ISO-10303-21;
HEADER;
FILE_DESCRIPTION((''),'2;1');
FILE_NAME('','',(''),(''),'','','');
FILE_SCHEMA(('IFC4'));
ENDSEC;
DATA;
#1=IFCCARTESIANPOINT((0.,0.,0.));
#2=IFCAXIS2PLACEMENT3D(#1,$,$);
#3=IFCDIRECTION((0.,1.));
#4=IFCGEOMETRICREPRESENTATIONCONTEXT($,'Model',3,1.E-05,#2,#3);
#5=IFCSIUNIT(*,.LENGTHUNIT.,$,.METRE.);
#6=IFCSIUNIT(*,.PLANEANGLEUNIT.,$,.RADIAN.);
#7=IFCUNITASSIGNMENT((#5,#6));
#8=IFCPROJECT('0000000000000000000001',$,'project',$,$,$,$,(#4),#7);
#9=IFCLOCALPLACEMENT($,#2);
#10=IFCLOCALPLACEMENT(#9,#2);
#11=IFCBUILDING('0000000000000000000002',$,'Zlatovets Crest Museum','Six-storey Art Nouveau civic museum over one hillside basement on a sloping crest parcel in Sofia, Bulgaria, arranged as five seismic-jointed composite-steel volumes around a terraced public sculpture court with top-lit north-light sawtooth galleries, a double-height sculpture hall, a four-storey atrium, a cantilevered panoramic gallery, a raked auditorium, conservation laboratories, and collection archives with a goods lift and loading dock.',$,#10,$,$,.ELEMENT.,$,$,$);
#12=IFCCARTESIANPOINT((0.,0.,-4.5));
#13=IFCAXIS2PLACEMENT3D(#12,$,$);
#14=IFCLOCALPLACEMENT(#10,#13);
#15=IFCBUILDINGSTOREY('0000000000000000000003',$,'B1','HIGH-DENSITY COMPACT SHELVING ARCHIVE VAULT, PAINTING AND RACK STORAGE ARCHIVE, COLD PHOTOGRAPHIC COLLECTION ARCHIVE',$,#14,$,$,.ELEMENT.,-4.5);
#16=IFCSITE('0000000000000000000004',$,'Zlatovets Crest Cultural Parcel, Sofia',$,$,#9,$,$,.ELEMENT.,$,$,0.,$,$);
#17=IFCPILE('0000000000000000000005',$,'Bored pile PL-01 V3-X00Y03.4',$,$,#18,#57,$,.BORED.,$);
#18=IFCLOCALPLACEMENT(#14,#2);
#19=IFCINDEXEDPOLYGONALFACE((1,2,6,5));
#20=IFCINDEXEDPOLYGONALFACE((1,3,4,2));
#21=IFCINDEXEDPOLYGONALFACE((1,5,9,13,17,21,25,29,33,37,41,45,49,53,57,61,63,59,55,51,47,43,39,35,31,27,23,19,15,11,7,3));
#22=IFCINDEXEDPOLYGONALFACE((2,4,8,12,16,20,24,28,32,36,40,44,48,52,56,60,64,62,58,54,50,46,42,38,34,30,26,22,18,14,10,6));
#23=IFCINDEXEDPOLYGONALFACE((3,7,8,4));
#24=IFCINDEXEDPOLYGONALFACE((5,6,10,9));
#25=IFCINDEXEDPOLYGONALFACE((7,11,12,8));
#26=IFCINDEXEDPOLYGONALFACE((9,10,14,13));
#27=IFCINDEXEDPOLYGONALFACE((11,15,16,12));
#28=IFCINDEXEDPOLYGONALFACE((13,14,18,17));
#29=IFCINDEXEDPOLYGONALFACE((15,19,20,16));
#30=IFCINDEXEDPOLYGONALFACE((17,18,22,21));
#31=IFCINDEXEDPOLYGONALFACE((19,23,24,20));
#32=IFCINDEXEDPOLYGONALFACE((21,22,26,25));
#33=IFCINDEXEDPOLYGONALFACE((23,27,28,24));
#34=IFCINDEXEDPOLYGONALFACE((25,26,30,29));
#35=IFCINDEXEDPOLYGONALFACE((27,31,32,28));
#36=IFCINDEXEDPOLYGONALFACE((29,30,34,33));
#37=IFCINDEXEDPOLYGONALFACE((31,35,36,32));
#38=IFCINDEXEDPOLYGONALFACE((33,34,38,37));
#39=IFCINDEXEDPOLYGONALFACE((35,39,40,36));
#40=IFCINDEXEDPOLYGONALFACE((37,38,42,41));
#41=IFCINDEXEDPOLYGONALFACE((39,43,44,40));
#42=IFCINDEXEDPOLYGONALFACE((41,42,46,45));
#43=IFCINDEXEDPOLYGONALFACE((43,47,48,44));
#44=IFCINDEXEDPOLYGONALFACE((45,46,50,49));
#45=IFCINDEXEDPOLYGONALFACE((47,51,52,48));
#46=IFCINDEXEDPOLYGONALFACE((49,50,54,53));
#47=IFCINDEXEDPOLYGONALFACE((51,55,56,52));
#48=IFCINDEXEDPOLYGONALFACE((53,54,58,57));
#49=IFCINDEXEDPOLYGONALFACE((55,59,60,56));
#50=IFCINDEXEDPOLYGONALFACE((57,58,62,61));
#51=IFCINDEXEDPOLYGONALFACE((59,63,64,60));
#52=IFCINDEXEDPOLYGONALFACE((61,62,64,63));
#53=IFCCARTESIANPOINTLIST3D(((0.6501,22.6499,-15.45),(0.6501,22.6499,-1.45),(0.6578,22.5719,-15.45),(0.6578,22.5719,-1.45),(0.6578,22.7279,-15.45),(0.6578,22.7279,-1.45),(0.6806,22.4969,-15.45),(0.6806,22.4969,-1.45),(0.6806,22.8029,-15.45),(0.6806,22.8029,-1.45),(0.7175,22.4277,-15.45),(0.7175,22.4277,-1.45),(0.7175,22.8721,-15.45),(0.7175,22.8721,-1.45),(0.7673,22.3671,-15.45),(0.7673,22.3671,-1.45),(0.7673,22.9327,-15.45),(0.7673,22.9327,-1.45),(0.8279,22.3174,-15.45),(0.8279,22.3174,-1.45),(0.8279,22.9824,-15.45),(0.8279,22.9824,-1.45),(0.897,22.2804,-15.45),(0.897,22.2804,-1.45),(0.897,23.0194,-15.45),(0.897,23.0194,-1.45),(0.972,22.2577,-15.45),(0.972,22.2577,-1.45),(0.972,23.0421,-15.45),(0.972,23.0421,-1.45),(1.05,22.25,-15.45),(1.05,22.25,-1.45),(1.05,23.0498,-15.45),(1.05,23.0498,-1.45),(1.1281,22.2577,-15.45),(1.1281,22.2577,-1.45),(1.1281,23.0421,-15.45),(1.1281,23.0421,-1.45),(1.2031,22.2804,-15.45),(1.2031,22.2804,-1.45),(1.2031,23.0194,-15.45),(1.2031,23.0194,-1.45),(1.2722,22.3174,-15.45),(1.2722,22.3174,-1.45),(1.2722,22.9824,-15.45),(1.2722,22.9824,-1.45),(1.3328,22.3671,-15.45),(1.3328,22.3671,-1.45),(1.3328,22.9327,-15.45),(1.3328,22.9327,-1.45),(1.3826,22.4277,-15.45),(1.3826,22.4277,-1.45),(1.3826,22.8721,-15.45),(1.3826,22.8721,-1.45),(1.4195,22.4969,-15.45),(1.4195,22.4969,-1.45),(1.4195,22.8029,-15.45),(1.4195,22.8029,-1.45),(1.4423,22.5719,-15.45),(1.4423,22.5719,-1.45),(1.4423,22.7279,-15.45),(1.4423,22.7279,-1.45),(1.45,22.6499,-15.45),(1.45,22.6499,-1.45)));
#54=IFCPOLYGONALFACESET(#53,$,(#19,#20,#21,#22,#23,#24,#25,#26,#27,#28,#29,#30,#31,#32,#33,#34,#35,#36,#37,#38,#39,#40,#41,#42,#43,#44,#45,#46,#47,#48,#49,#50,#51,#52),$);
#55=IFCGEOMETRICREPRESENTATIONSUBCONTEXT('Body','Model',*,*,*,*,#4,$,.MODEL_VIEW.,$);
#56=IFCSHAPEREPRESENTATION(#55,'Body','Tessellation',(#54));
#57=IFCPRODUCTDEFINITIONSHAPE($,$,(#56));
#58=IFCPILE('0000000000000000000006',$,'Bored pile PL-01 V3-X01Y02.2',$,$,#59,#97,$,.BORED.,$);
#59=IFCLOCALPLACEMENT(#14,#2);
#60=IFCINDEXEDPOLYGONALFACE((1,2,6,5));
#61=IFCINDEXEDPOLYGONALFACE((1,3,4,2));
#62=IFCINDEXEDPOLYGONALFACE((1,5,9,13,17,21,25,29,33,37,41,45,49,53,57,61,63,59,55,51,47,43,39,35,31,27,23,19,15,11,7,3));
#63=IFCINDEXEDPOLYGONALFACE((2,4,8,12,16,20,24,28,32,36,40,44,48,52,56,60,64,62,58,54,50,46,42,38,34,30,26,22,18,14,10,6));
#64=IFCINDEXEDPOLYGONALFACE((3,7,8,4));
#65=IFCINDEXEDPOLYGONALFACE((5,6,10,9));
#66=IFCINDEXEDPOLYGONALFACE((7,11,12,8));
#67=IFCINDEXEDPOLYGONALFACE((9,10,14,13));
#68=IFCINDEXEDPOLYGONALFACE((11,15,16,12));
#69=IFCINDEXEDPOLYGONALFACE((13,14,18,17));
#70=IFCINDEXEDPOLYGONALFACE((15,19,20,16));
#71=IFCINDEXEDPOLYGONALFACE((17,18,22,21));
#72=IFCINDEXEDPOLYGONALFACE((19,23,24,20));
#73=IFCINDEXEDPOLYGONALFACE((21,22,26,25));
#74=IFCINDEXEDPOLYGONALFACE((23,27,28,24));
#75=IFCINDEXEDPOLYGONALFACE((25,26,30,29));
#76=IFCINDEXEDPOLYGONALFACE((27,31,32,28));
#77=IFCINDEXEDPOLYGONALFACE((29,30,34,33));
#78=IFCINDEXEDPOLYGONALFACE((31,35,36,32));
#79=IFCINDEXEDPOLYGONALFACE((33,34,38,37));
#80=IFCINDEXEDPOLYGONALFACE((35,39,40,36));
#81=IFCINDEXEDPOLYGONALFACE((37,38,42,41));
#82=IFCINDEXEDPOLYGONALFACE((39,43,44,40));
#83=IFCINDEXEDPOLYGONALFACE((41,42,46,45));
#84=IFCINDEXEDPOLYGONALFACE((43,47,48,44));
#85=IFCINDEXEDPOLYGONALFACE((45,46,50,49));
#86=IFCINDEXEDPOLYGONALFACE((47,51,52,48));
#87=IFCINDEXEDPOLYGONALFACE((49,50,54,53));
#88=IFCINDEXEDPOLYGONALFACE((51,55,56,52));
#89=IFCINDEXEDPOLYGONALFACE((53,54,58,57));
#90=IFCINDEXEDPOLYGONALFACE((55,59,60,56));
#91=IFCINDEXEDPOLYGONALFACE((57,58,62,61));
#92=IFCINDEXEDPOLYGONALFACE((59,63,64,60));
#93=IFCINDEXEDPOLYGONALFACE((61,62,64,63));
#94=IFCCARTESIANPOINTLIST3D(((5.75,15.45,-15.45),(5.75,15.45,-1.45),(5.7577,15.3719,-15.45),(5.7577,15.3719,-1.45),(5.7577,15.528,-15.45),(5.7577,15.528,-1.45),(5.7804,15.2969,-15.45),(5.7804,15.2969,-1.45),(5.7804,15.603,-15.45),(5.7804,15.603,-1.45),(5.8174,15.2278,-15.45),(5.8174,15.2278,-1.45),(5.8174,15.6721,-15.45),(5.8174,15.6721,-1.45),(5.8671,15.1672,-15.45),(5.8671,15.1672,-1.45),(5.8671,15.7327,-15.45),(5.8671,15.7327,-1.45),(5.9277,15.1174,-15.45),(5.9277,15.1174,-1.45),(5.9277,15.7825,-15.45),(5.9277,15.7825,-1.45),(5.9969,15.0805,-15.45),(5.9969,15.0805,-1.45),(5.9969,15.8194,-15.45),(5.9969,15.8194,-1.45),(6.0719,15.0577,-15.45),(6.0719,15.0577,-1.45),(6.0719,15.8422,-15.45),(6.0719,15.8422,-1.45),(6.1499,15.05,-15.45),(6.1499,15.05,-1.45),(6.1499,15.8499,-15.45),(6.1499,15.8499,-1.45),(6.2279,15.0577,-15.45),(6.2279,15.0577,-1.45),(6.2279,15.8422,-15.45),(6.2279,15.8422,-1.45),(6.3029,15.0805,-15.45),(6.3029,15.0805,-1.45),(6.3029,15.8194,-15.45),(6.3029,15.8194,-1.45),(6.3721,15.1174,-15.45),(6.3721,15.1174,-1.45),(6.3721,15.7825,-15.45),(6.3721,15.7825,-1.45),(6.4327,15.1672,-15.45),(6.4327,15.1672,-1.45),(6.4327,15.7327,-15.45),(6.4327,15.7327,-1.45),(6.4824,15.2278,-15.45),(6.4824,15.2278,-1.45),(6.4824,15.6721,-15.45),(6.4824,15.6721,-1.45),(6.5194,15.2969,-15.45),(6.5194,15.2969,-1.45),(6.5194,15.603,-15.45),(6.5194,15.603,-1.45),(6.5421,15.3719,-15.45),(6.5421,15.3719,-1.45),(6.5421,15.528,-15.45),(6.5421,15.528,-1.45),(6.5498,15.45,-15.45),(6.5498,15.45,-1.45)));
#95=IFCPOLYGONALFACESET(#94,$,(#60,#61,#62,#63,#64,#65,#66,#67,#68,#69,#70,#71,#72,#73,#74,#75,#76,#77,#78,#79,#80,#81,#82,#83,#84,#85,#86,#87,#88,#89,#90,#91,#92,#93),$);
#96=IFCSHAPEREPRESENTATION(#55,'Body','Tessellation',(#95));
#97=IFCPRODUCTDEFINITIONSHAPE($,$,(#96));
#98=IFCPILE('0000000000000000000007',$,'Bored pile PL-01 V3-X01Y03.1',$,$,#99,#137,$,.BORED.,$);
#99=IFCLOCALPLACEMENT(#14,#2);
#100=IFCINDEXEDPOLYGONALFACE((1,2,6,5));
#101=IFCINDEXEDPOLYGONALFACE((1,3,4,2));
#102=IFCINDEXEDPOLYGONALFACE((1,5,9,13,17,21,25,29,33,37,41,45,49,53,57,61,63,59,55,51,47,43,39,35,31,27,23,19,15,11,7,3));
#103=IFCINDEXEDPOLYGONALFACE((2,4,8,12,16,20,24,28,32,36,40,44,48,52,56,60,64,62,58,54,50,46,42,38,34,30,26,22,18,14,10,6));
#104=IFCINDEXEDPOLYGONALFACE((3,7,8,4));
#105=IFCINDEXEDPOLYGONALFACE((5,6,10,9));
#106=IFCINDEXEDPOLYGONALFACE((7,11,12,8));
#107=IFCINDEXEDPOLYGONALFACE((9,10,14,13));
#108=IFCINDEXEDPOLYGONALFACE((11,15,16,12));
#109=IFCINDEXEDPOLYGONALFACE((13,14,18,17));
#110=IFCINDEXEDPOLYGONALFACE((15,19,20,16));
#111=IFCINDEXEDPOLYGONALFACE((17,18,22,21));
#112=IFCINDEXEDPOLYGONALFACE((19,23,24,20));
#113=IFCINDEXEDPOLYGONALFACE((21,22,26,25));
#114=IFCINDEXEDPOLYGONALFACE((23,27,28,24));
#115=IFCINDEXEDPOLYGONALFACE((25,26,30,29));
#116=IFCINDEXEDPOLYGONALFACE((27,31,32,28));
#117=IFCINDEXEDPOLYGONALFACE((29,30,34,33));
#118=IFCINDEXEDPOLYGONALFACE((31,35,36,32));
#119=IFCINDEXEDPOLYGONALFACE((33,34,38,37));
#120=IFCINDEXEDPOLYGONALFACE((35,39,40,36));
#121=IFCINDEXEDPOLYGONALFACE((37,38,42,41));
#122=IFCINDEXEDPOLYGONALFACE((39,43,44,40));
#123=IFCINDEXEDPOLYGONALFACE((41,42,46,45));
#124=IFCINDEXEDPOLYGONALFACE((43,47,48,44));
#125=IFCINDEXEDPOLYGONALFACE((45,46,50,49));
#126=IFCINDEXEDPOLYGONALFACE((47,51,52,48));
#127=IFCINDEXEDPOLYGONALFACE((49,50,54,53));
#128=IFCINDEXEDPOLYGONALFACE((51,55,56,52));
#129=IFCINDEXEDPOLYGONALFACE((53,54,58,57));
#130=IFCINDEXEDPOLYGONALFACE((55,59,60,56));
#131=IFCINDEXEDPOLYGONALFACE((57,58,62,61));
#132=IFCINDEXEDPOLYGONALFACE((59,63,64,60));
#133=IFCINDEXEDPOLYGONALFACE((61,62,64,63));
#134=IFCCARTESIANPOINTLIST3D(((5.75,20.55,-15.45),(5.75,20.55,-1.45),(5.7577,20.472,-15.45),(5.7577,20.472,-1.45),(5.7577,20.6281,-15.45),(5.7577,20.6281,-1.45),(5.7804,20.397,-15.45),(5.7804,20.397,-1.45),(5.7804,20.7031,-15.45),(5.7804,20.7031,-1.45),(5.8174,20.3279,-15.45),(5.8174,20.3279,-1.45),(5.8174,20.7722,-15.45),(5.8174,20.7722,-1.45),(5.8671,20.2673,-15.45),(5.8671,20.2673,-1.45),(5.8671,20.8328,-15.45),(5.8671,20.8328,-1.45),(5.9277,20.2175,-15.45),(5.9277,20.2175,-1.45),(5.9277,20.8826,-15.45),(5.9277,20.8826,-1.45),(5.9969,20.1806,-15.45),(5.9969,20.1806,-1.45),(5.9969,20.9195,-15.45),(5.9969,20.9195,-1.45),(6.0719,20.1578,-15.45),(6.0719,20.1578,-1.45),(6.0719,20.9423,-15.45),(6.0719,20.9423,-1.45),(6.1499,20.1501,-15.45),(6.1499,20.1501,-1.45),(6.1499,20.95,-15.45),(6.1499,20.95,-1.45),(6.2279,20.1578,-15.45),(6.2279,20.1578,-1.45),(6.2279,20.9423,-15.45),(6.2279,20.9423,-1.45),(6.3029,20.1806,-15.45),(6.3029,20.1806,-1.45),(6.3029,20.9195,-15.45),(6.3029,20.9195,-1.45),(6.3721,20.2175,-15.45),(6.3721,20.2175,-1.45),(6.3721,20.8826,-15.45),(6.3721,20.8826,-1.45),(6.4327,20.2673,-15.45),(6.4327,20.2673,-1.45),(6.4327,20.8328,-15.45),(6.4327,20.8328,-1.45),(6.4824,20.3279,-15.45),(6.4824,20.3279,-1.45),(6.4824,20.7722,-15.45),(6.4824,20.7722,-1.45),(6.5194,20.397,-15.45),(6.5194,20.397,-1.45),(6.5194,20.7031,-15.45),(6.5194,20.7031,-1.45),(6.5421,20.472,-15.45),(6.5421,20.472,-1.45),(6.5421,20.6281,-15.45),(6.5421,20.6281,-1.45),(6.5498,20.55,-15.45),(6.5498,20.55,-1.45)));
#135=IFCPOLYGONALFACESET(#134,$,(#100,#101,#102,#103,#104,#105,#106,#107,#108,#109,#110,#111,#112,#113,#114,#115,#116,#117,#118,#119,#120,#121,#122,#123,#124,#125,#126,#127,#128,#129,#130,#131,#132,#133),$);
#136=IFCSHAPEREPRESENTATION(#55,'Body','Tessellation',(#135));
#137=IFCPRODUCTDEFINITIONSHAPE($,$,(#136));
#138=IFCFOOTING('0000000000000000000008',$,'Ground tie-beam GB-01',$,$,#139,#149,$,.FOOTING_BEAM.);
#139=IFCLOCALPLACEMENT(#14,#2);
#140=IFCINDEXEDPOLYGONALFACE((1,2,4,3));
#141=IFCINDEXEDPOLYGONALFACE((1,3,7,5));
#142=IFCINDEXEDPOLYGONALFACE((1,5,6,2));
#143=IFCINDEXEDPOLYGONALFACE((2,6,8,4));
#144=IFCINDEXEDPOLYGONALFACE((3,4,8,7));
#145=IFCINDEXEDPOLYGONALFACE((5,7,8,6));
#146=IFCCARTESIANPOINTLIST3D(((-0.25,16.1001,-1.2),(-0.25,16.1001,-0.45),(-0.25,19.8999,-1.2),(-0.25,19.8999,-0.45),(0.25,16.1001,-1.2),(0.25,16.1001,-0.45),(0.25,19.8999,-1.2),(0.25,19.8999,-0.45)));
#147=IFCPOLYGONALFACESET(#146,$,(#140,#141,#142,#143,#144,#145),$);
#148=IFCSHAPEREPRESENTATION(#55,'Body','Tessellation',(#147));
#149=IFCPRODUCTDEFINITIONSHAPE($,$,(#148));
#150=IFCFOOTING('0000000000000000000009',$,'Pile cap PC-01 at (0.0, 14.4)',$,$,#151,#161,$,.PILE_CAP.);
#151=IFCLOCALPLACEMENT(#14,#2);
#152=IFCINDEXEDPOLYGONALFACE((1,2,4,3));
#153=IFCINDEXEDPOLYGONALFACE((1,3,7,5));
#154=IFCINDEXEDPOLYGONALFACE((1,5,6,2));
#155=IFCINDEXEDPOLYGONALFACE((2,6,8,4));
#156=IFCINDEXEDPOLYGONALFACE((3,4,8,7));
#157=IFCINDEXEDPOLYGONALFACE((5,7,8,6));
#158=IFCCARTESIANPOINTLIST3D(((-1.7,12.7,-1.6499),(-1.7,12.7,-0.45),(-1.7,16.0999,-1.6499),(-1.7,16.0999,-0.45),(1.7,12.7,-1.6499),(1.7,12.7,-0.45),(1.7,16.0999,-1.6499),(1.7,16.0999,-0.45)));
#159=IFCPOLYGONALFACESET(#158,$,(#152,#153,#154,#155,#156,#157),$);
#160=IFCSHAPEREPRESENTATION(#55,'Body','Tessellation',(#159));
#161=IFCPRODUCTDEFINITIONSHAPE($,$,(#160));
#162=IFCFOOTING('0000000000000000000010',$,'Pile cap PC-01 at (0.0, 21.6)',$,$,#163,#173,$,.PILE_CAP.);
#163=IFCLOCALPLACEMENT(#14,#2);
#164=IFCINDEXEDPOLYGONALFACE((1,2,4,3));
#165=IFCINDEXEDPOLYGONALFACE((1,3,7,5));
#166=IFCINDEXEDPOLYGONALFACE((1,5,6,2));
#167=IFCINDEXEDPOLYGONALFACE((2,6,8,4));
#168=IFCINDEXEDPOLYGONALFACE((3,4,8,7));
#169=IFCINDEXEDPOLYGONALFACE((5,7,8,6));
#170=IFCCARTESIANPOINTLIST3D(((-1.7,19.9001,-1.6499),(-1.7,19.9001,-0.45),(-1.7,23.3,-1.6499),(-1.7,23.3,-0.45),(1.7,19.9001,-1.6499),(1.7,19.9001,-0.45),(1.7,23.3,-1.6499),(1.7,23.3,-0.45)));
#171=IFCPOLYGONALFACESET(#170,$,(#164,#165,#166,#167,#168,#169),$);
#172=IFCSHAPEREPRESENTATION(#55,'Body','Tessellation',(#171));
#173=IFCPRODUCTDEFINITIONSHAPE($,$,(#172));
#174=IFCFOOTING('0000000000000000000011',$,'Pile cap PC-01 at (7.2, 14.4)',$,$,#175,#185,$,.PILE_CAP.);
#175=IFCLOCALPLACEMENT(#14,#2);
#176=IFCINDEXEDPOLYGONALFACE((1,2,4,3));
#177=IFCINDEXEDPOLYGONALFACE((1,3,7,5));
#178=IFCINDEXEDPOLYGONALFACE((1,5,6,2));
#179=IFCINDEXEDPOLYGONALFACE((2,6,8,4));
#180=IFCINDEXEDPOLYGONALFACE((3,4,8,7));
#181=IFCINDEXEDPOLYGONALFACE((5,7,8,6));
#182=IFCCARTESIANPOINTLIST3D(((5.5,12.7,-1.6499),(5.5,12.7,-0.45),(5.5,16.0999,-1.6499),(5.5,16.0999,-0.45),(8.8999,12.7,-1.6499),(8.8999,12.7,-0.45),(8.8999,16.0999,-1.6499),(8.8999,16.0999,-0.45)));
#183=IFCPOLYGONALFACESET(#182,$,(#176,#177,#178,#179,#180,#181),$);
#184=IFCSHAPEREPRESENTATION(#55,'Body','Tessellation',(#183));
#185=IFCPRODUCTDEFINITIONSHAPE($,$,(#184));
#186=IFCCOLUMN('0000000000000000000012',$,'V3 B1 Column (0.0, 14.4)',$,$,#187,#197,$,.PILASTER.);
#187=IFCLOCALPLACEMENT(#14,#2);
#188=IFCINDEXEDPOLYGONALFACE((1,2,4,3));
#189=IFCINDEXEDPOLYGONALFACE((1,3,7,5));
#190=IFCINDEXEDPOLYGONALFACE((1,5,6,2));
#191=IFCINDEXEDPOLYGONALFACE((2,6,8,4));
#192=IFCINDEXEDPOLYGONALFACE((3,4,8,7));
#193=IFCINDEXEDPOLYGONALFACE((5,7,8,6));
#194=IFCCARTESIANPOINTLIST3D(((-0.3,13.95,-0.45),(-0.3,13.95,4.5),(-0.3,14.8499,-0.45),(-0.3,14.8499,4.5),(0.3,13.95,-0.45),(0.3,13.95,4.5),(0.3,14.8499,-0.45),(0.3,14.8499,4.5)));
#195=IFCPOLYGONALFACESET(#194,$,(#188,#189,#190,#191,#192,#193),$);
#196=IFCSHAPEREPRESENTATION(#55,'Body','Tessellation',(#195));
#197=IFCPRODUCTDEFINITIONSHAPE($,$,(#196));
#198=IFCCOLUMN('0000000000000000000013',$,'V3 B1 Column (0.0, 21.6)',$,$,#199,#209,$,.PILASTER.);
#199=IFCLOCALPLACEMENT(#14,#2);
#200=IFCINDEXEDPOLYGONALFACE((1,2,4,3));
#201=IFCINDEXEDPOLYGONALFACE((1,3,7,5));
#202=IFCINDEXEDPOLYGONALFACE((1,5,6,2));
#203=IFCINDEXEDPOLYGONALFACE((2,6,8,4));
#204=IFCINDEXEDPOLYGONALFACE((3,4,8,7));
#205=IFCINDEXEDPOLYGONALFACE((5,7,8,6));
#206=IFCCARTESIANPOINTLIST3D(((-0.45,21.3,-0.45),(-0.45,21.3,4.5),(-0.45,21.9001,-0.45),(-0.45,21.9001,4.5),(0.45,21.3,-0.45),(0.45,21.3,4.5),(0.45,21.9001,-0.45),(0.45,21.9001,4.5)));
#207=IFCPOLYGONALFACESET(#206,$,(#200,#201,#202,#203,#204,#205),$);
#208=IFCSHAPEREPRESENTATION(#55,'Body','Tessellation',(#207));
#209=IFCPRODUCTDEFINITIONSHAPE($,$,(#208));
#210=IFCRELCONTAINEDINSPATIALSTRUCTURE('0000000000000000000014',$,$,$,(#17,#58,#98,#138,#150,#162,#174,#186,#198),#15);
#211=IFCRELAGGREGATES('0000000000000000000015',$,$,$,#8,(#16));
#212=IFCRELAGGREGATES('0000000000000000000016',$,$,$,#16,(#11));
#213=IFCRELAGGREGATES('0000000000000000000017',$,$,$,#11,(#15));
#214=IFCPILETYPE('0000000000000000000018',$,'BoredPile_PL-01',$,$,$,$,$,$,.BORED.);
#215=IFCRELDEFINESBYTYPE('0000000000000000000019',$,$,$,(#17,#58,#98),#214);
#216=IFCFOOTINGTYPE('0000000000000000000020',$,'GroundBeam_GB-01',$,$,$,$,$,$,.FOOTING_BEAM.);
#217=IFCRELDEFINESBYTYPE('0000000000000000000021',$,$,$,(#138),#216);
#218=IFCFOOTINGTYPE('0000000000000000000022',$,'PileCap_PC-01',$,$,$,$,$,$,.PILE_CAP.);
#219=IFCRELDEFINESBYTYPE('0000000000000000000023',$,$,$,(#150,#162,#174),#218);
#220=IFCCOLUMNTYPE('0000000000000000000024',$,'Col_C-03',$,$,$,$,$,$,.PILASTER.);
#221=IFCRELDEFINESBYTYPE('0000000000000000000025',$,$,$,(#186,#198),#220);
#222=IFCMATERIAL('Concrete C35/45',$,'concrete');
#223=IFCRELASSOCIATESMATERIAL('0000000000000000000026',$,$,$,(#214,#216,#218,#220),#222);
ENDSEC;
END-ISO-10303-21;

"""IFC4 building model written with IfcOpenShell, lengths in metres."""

from ifc_helpers import new_model, si_unit, direction, frame, origin, origin_2d, place, context, subcontext, project, spatial, rectangle, circle, extrude, material, material_profile, profile_set, type_object, element, save


model = new_model("IFC4")

# Units and contexts
model_context = context("Model", 3, precision=1e-05, world=origin(), true_north=direction((0.0, 1.0)))
body_context = subcontext(model_context, "Body", "Model", "MODEL_VIEW")
ifc_project = project(units=[si_unit("LENGTHUNIT", "METRE"), si_unit("PLANEANGLEUNIT", "RADIAN")], contexts=[model_context])

# Site, building, storey
site_placement = place(None, origin())
site = spatial("IfcSite", under=ifc_project, at=site_placement, Name="Zlatovets Crest Cultural Parcel, Sofia", CompositionType="ELEMENT", RefElevation=0.0)
building_placement = place(site_placement, origin())
building = spatial("IfcBuilding", under=site, at=building_placement, Name="Zlatovets Crest Museum", Description="Six-storey Art Nouveau civic museum over one hillside basement on a sloping crest parcel in Sofia, Bulgaria, arranged as five seismic-jointed composite-steel volumes around a terraced public sculpture court with top-lit north-light sawtooth galleries, a double-height sculpture hall, a four-storey atrium, a cantilevered panoramic gallery, a raked auditorium, conservation laboratories, and collection archives with a goods lift and loading dock.", CompositionType="ELEMENT")
storey_placement = place(building_placement, frame((0.0, 0.0, -4.5)))
storey = spatial("IfcBuildingStorey", under=building, at=storey_placement, Name="B1", Description="HIGH-DENSITY COMPACT SHELVING ARCHIVE VAULT, PAINTING AND RACK STORAGE ARCHIVE, COLD PHOTOGRAPHIC COLLECTION ARCHIVE", CompositionType="ELEMENT", Elevation=-4.5)

# Piles
ifc_material_1 = material(Name="Concrete C35/45", Category="concrete")
ifc_material_profile_1 = material_profile(ifc_material_1, circle(Radius=0.3999, at=origin_2d()), Name="PILE D800")
ifc_profile_set_1 = profile_set([ifc_material_profile_1], Name="Concrete C35/45")
pile_type = type_object("IfcPileType", Name="BoredPile_PL-01", PredefinedType="BORED", material=ifc_profile_set_1)
for number, where, z_axis, x_axis, name in (
    (1, (1.05, 22.6499, -1.45), (0.0, 0.0, -1.0), (1.0, 0.0, 0.0), "Bored pile PL-01 V3-X00Y03.4"),
    (2, (6.1499, 15.45, -1.45), (0.0, 0.0, -1.0), (1.0, 0.0, 0.0), "Bored pile PL-01 V3-X01Y02.2"),
    (3, (6.1499, 20.55, -1.45), (0.0, 0.0, -1.0), (1.0, 0.0, 0.0), "Bored pile PL-01 V3-X01Y03.1"),
):
    element("IfcPile", number, at=place(storey_placement, frame(where, z_axis=z_axis, x_axis=x_axis)), inside=storey, type_object=pile_type, Name=name, PredefinedType="BORED", context=body_context, shape_type="SweptSolid", body=[
        extrude(circle(Radius=0.3999, at=origin_2d()), origin(), (0.0, 0.0, 1.0), 14.0),
    ])

# Footings
ifc_material_profile_2 = material_profile(ifc_material_1, rectangle(XDim=0.5, YDim=0.75, at=origin_2d()), Name="RC 500x750")
ifc_profile_set_2 = profile_set([ifc_material_profile_2], Name="Concrete C35/45")
footing_type_1 = type_object("IfcFootingType", Name="GroundBeam_GB-01", PredefinedType="FOOTING_BEAM", material=ifc_profile_set_2)
footing_placement = place(storey_placement, frame((0.0, 16.1001, -0.825), z_axis=(0.0, 1.0, 0.0), x_axis=(-1.0, 0.0, 0.0)))
element("IfcFooting", 4, at=footing_placement, inside=storey, type_object=footing_type_1, Name="Ground tie-beam GB-01", PredefinedType="FOOTING_BEAM", context=body_context, shape_type="SweptSolid", body=[
    extrude(rectangle(XDim=0.5, YDim=0.75, at=origin_2d()), origin(), (0.0, 0.0, 1.0), 3.7998),
])
footing_type_2 = type_object("IfcFootingType", Name="PileCap_PC-01", PredefinedType="PILE_CAP", material=ifc_material_1)
for number, where, z_axis, x_axis, name in (
    (5, (0.0, 14.3999, -1.6499), (0.0, 0.0, 1.0), (1.0, 0.0, 0.0), "Pile cap PC-01 at (0.0, 14.4)"),
    (6, (0.0, 21.6001, -1.6499), (0.0, 0.0, 1.0), (1.0, 0.0, 0.0), "Pile cap PC-01 at (0.0, 21.6)"),
    (7, (7.2, 14.3999, -1.6499), (0.0, 0.0, 1.0), (1.0, 0.0, 0.0), "Pile cap PC-01 at (7.2, 14.4)"),
):
    element("IfcFooting", number, at=place(storey_placement, frame(where, z_axis=z_axis, x_axis=x_axis)), inside=storey, type_object=footing_type_2, Name=name, PredefinedType="PILE_CAP", context=body_context, shape_type="SweptSolid", body=[
        extrude(rectangle(XDim=3.3999, YDim=3.3999, at=origin_2d()), origin(), (0.0, 0.0, 1.0), 1.2),
    ])

# Columns
ifc_material_profile_3 = material_profile(ifc_material_1, rectangle(XDim=0.6001, YDim=0.8999, at=origin_2d()), Name="RC 600x900")
ifc_profile_set_3 = profile_set([ifc_material_profile_3], Name="Concrete C35/45")
column_type = type_object("IfcColumnType", Name="Col_C-03", PredefinedType="PILASTER", material=ifc_profile_set_3)
for number, where, z_axis, x_axis, name in (
    (8, (0.0, 14.3999, -0.45), (0.0, 0.0, 1.0), (1.0, 0.0, 0.0), "V3 B1 Column (0.0, 14.4)"),
    (9, (0.0, 21.6001, -0.45), (0.0, 0.0, 1.0), (0.0, 1.0, 0.0), "V3 B1 Column (0.0, 21.6)"),
):
    element("IfcColumn", number, at=place(storey_placement, frame(where, z_axis=z_axis, x_axis=x_axis)), inside=storey, type_object=column_type, Name=name, PredefinedType="PILASTER", context=body_context, shape_type="SweptSolid", body=[
        extrude(rectangle(XDim=0.6001, YDim=0.8999, at=origin_2d()), origin(), (0.0, 0.0, 1.0), 4.95),
    ])

save(model, "model.ifc")
